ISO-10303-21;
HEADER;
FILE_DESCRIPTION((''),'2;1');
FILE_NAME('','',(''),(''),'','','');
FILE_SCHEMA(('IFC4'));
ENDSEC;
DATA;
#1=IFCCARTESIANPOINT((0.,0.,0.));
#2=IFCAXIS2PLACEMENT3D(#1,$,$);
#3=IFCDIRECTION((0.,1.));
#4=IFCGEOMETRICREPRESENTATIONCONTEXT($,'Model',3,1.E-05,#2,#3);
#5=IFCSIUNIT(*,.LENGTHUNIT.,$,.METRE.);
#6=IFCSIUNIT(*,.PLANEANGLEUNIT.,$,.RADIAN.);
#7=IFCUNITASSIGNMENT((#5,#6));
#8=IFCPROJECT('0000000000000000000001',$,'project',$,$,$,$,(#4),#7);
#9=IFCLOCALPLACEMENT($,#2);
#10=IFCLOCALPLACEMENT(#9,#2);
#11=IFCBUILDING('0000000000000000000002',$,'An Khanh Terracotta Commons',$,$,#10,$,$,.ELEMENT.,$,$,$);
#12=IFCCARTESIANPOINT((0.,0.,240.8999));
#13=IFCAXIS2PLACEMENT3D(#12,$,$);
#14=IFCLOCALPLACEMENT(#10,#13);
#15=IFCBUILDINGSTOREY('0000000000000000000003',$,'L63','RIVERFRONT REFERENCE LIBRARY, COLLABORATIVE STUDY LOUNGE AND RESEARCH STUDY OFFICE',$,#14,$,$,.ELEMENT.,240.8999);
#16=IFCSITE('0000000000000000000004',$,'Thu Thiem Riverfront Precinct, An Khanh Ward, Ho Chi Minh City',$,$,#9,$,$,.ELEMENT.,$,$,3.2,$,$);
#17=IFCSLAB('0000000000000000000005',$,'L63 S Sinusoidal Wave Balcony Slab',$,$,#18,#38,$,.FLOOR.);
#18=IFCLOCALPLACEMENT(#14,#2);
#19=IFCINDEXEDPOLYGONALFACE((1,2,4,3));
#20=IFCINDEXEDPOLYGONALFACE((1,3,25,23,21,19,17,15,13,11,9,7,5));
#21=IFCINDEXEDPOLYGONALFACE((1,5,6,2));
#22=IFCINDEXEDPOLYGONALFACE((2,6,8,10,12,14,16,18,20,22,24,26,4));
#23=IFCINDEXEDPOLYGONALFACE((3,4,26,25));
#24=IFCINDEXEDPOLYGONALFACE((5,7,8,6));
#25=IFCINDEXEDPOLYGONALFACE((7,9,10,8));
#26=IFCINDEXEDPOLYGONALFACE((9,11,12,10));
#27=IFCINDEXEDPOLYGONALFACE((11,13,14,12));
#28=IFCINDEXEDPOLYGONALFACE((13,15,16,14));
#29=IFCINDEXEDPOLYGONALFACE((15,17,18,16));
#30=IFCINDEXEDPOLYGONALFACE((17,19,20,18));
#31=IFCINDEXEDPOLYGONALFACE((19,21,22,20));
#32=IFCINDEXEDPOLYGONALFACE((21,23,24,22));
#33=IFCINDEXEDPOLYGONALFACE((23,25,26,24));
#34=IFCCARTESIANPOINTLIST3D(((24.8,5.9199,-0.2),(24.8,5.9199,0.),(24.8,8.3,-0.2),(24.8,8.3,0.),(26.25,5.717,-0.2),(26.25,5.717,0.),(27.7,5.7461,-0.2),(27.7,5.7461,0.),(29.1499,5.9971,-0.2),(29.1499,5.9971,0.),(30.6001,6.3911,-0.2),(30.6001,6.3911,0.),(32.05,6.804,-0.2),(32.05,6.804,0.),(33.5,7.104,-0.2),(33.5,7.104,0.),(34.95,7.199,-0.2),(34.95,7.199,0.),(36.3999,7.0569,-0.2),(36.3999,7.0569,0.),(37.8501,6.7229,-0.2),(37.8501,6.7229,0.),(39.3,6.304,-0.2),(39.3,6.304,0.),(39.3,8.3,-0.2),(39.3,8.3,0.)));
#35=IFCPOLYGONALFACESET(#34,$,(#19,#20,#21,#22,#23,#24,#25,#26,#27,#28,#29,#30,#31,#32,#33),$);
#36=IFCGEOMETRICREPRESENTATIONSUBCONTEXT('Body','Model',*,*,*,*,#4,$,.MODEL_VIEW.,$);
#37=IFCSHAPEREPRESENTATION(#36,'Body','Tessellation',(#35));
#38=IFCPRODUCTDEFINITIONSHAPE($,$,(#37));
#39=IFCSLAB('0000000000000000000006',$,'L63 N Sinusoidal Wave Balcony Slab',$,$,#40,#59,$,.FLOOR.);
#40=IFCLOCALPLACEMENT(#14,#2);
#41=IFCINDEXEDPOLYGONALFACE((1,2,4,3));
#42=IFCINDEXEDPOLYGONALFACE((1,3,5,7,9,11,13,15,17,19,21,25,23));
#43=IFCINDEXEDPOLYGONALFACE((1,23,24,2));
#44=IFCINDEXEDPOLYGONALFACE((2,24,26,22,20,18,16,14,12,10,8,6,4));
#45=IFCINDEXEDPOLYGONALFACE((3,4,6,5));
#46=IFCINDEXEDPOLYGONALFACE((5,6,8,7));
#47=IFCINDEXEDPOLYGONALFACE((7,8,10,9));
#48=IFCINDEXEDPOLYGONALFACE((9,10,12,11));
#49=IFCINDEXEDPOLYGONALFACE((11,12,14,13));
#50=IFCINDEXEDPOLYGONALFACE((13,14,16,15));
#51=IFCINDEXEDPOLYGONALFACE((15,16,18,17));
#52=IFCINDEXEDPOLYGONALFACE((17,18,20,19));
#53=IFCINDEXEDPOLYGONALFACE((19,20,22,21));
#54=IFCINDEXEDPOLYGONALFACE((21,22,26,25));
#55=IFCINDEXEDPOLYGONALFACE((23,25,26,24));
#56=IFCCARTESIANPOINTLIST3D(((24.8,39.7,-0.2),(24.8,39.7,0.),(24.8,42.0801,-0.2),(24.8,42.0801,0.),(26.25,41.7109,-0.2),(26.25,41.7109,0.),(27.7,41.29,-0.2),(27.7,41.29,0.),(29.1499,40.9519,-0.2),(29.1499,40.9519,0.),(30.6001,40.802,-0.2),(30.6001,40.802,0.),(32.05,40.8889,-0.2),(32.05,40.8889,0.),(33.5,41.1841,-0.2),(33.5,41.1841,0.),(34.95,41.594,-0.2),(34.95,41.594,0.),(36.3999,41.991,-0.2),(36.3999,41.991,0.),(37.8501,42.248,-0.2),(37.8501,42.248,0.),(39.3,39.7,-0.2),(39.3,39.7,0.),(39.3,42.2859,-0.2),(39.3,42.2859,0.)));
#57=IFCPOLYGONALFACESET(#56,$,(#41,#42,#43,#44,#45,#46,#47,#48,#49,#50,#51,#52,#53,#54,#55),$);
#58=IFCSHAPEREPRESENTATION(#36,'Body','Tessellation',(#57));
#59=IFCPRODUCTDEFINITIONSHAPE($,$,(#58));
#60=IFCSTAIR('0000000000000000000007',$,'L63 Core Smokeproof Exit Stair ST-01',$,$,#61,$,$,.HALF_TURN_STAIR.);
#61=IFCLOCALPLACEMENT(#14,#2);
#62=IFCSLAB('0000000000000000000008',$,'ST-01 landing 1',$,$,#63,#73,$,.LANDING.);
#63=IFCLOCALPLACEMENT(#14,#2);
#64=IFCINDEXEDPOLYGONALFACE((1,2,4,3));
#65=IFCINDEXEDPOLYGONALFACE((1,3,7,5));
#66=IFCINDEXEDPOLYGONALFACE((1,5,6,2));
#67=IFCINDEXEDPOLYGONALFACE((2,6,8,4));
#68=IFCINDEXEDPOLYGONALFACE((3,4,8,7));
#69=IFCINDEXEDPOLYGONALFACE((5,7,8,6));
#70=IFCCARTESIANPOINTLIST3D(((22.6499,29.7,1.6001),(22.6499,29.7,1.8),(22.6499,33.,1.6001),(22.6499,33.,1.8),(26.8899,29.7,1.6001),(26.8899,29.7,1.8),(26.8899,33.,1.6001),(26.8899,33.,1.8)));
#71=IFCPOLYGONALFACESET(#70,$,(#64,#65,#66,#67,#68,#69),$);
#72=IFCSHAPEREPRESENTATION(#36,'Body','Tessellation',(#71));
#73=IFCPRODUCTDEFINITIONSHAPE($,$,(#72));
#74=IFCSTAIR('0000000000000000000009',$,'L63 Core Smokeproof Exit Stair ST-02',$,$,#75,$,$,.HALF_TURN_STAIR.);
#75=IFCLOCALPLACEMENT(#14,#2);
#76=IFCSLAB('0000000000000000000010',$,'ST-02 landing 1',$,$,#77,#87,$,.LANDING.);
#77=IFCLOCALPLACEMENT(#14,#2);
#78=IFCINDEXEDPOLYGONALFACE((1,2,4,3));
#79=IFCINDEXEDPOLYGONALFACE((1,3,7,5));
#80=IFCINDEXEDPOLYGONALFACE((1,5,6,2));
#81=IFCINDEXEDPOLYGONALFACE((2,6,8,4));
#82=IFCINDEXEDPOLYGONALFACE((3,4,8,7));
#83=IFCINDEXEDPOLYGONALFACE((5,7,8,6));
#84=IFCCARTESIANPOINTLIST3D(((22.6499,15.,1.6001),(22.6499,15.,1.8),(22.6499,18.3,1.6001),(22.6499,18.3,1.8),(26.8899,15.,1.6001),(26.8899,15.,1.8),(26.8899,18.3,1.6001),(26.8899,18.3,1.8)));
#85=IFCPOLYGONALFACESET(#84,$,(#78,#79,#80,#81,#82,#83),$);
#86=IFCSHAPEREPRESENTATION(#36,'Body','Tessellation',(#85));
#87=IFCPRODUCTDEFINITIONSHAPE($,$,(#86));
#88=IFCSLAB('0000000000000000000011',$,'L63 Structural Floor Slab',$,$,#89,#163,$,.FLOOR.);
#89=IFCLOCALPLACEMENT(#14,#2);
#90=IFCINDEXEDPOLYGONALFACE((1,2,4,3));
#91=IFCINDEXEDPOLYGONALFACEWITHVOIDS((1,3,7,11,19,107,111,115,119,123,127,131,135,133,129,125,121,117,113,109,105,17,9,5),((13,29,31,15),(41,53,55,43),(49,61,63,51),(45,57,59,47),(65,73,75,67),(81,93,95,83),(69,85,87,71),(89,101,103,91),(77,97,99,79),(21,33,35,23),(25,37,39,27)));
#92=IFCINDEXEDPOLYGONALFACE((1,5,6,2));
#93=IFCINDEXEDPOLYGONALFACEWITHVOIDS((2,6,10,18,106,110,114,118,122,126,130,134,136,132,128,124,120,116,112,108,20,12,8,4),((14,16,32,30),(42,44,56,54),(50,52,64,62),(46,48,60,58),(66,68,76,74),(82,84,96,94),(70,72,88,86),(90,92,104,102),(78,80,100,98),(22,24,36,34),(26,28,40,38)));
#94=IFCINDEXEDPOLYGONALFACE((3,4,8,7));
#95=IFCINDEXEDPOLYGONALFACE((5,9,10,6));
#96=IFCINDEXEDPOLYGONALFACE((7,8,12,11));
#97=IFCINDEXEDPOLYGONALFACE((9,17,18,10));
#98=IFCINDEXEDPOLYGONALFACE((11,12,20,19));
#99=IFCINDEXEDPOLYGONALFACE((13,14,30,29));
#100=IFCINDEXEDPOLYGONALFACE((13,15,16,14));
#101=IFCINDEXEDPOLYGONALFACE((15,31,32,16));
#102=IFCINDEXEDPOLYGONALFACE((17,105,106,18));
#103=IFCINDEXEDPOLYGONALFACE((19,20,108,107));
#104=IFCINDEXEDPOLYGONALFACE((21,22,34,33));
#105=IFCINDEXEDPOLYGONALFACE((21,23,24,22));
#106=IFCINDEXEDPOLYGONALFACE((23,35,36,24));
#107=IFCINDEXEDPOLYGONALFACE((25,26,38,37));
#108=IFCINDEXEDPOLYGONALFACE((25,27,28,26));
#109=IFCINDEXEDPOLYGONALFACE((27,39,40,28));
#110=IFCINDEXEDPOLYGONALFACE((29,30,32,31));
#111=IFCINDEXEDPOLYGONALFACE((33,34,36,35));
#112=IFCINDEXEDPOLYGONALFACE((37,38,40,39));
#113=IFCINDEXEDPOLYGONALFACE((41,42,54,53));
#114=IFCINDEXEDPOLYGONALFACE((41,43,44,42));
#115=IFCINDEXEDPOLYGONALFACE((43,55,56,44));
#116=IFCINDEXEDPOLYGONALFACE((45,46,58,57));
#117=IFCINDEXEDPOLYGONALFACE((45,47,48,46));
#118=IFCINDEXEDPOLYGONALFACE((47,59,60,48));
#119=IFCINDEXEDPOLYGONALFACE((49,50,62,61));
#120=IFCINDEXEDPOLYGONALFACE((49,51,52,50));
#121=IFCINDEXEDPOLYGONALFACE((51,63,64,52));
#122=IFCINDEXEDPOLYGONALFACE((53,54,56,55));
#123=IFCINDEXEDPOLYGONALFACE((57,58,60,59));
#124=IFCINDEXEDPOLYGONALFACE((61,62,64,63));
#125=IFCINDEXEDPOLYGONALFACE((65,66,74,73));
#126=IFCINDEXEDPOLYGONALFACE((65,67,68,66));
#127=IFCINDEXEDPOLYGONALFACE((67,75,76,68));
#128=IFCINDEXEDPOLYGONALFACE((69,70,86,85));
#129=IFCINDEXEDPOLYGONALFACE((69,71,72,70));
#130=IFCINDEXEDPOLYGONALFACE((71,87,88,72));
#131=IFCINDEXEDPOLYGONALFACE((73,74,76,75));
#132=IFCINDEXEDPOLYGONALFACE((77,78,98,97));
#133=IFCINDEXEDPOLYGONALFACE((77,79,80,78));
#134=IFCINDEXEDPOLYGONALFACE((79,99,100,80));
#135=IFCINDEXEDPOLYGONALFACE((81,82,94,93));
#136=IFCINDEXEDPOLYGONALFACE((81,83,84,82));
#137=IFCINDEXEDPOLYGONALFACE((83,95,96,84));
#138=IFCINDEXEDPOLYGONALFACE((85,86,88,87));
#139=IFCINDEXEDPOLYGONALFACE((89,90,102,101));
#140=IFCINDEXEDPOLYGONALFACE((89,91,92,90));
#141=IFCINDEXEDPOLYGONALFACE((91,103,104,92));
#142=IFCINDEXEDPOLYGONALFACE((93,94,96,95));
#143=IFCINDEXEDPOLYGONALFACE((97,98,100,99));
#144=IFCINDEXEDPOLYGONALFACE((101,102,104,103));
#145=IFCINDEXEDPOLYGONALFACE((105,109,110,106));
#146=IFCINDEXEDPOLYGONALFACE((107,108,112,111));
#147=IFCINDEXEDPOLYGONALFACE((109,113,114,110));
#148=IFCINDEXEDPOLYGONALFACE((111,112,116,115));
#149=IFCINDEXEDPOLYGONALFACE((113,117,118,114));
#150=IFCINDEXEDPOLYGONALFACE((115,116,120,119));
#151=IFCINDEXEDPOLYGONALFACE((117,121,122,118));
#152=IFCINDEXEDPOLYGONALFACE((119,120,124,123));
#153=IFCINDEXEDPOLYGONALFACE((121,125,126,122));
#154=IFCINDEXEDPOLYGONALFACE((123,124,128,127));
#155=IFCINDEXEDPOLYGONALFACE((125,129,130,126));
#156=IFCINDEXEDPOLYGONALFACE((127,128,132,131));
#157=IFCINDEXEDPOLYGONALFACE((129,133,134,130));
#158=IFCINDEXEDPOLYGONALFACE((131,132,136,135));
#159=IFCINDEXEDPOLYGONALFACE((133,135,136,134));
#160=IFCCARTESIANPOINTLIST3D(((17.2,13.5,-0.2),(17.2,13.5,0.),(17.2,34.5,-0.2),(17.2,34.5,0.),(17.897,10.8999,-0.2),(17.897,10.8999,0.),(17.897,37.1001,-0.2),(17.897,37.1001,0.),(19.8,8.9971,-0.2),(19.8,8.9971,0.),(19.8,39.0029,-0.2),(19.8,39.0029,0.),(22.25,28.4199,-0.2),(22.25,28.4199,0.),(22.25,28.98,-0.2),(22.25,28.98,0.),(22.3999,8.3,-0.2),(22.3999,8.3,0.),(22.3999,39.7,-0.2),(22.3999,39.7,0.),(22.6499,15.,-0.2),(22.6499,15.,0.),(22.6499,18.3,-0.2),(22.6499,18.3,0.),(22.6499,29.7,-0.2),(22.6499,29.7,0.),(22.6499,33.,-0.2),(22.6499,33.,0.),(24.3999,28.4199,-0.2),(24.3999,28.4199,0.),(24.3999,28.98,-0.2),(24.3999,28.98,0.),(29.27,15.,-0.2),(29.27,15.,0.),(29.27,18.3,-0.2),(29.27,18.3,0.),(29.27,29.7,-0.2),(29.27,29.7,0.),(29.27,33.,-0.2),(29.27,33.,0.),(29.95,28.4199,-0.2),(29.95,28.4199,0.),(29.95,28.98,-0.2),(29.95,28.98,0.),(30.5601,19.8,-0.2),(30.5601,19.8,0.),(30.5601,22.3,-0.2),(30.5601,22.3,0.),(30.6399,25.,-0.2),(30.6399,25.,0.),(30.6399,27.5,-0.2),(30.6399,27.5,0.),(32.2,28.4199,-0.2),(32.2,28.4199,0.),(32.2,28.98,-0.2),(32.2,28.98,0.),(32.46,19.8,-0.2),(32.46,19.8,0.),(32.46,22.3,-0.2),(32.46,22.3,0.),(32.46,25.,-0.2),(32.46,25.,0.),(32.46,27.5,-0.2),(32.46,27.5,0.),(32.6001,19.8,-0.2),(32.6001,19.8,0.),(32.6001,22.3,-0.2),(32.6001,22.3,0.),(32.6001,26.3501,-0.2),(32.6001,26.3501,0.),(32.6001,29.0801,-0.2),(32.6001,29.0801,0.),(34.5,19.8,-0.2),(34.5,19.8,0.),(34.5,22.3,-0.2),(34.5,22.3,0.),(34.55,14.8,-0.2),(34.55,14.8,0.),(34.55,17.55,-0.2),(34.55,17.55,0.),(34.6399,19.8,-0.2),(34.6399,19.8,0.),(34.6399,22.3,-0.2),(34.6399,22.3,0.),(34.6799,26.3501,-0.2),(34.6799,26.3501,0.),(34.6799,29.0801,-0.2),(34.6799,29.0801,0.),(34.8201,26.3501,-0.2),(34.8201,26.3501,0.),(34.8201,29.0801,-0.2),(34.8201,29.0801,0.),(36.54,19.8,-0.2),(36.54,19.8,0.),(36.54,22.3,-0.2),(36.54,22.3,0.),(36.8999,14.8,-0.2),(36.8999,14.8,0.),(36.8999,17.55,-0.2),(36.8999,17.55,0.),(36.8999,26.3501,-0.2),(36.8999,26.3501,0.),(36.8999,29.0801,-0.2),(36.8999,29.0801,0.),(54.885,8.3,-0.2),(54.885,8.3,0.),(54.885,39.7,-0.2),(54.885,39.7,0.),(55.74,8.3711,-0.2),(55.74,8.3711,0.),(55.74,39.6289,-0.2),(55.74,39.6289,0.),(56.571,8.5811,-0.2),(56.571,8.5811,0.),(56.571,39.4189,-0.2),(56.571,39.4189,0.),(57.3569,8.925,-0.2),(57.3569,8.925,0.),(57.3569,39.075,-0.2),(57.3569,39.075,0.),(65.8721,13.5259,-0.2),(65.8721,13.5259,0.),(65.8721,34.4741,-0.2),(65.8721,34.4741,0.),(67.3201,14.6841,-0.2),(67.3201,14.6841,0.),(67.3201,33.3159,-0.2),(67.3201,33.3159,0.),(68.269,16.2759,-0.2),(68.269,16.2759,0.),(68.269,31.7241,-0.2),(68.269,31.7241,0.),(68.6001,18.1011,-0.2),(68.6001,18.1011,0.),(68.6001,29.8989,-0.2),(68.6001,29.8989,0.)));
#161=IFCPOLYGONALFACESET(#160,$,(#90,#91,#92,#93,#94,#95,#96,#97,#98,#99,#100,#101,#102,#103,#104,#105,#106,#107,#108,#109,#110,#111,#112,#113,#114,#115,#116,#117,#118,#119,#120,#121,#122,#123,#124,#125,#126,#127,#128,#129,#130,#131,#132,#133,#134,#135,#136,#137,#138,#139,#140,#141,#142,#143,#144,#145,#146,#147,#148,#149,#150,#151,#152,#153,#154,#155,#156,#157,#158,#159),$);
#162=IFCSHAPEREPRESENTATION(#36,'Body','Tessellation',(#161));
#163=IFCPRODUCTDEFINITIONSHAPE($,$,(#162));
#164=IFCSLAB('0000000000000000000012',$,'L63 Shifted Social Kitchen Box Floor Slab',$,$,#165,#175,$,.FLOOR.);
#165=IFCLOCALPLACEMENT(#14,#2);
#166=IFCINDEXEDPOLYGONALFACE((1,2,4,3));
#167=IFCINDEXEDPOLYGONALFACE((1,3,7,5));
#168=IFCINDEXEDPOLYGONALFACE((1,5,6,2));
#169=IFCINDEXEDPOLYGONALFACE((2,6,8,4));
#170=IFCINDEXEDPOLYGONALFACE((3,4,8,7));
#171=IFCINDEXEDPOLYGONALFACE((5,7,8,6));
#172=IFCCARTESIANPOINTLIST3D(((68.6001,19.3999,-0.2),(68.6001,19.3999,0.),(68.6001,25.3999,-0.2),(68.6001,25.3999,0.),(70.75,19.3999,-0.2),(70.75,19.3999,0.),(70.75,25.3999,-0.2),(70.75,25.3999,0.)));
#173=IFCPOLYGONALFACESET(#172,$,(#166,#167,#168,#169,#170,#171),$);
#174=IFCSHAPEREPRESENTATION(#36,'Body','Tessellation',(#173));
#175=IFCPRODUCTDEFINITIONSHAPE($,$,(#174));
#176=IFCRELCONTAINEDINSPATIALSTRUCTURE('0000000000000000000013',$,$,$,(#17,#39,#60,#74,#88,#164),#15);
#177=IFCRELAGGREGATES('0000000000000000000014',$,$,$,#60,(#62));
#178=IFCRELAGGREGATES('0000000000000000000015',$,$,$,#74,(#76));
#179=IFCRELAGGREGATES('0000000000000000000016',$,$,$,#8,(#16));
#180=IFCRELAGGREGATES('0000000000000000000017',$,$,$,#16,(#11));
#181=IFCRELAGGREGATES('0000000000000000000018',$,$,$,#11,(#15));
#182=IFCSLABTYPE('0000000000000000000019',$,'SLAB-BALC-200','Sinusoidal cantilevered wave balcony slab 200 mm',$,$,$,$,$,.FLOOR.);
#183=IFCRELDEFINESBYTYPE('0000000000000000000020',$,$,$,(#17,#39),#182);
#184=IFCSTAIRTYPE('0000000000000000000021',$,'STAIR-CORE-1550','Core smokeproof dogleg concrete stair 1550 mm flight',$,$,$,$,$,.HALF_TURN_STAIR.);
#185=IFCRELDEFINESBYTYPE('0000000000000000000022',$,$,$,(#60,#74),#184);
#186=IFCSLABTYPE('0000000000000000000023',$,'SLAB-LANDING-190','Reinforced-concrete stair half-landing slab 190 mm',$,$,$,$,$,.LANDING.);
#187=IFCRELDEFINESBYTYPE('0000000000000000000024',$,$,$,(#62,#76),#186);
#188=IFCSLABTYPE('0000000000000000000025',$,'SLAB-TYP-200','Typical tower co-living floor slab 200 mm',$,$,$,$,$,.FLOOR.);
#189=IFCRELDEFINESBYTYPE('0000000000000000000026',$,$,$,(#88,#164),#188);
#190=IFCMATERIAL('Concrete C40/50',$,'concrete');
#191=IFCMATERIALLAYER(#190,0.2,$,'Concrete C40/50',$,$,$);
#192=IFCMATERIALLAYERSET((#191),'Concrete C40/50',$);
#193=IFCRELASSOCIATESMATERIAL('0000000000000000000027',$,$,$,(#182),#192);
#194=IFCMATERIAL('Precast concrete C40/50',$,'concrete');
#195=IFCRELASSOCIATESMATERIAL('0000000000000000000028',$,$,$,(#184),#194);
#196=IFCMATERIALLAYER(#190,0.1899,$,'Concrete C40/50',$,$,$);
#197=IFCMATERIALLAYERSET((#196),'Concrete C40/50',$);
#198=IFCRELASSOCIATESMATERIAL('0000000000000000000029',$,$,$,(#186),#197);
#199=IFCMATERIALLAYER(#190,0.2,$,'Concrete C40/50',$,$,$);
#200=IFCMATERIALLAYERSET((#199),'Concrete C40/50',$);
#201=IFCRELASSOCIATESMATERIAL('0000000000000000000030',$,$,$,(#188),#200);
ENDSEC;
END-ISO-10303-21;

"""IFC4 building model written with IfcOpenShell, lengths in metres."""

from ifc_helpers import new_model, si_unit, direction, frame, origin, place, context, subcontext, project, spatial, polyline, outline, extrude, material, layer, layer_set, type_object, element, aggregate, save


model = new_model("IFC4")

# Units and contexts
model_context = context("Model", 3, precision=1e-05, world=origin(), true_north=direction((0.0, 1.0)))
body_context = subcontext(model_context, "Body", "Model", "MODEL_VIEW")
ifc_project = project(units=[si_unit("LENGTHUNIT", "METRE"), si_unit("PLANEANGLEUNIT", "RADIAN")], contexts=[model_context])

# Site, building, storey
site_placement = place(None, origin())
site = spatial("IfcSite", under=ifc_project, at=site_placement, Name="Thu Thiem Riverfront Precinct, An Khanh Ward, Ho Chi Minh City", CompositionType="ELEMENT", RefElevation=3.2)
building_placement = place(site_placement, origin())
building = spatial("IfcBuilding", under=site, at=building_placement, Name="An Khanh Terracotta Commons", CompositionType="ELEMENT")
storey_placement = place(building_placement, frame((0.0, 0.0, 240.8999)))
storey = spatial("IfcBuildingStorey", under=building, at=storey_placement, Name="L63", Description="RIVERFRONT REFERENCE LIBRARY, COLLABORATIVE STUDY LOUNGE AND RESEARCH STUDY OFFICE", CompositionType="ELEMENT", Elevation=240.8999)

# Slabs
ifc_material_1 = material(Name="Concrete C40/50", Category="concrete")
ifc_layer_1 = layer(ifc_material_1, 0.2, Name="Concrete C40/50")
ifc_layer_set_1 = layer_set([ifc_layer_1], Name="Concrete C40/50")
slab_type_1 = type_object("IfcSlabType", Name="SLAB-BALC-200", Description="Sinusoidal cantilevered wave balcony slab 200 mm", PredefinedType="FLOOR", material=ifc_layer_set_1)
slab_1_placement = place(storey_placement, frame((0.0, 0.0, -0.2)))
element("IfcSlab", 1, at=slab_1_placement, inside=storey, type_object=slab_type_1, Name="L63 S Sinusoidal Wave Balcony Slab", PredefinedType="FLOOR", context=body_context, shape_type="SweptSolid", body=[
    extrude(outline(polyline([(24.8, 8.3), (24.8, 5.9199), (26.25, 5.717), (27.7, 5.7461), (29.1499, 5.9971), (30.6001, 6.3911), (32.05, 6.804), (33.5, 7.104), (34.95, 7.199), (36.3999, 7.0569), (37.8501, 6.7229), (39.3, 6.304), (39.3, 8.3), (24.8, 8.3)])), origin(), (0.0, 0.0, 1.0), 0.2),
])
slab_2_placement = place(storey_placement, frame((0.0, 0.0, -0.2)))
element("IfcSlab", 2, at=slab_2_placement, inside=storey, type_object=slab_type_1, Name="L63 N Sinusoidal Wave Balcony Slab", PredefinedType="FLOOR", context=body_context, shape_type="SweptSolid", body=[
    extrude(outline(polyline([(39.3, 39.7), (39.3, 42.2859), (37.8501, 42.248), (36.3999, 41.991), (34.95, 41.594), (33.5, 41.1841), (32.05, 40.8889), (30.6001, 40.802), (29.1499, 40.9519), (27.7, 41.29), (26.25, 41.7109), (24.8, 42.0801), (24.8, 39.7), (39.3, 39.7)])), origin(), (0.0, 0.0, 1.0), 0.2),
])

# Stairs, slabs
ifc_material_2 = material(Name="Precast concrete C40/50", Category="concrete")
stair_type = type_object("IfcStairType", Name="STAIR-CORE-1550", Description="Core smokeproof dogleg concrete stair 1550 mm flight", PredefinedType="HALF_TURN_STAIR", material=ifc_material_2)
stair_1_placement = place(storey_placement, origin())
stair_1 = element("IfcStair", 3, at=stair_1_placement, inside=storey, type_object=stair_type, Name="L63 Core Smokeproof Exit Stair ST-01", PredefinedType="HALF_TURN_STAIR")
ifc_layer_2 = layer(ifc_material_1, 0.1899, Name="Concrete C40/50")
ifc_layer_set_2 = layer_set([ifc_layer_2], Name="Concrete C40/50")
slab_type_2 = type_object("IfcSlabType", Name="SLAB-LANDING-190", Description="Reinforced-concrete stair half-landing slab 190 mm", PredefinedType="LANDING", material=ifc_layer_set_2)
slab_3_placement = place(storey_placement, frame((0.0, 0.0, 1.6001)))
slab_3 = element("IfcSlab", 4, at=slab_3_placement, type_object=slab_type_2, Name="ST-01 landing 1", PredefinedType="LANDING", context=body_context, shape_type="SweptSolid", body=[
    extrude(outline(polyline([(26.8899, 33.0), (22.6499, 33.0), (22.6499, 29.7), (26.8899, 29.7), (26.8899, 33.0)])), origin(), (0.0, 0.0, 1.0), 0.2),
])
aggregate(stair_1, [slab_3])
stair_2_placement = place(storey_placement, origin())
stair_2 = element("IfcStair", 5, at=stair_2_placement, inside=storey, type_object=stair_type, Name="L63 Core Smokeproof Exit Stair ST-02", PredefinedType="HALF_TURN_STAIR")
slab_4_placement = place(storey_placement, frame((0.0, 0.0, 1.6001)))
slab_4 = element("IfcSlab", 6, at=slab_4_placement, type_object=slab_type_2, Name="ST-02 landing 1", PredefinedType="LANDING", context=body_context, shape_type="SweptSolid", body=[
    extrude(outline(polyline([(26.8899, 18.3), (22.6499, 18.3), (22.6499, 15.0), (26.8899, 15.0), (26.8899, 18.3)])), origin(), (0.0, 0.0, 1.0), 0.2),
])
aggregate(stair_2, [slab_4])

# Slabs
ifc_layer_3 = layer(ifc_material_1, 0.2, Name="Concrete C40/50")
ifc_layer_set_3 = layer_set([ifc_layer_3], Name="Concrete C40/50")
slab_type_3 = type_object("IfcSlabType", Name="SLAB-TYP-200", Description="Typical tower co-living floor slab 200 mm", PredefinedType="FLOOR", material=ifc_layer_set_3)
slab_5_placement = place(storey_placement, frame((0.0, 0.0, -0.2)))
element("IfcSlab", 7, at=slab_5_placement, inside=storey, type_object=slab_type_3, Name="L63 Structural Floor Slab", PredefinedType="FLOOR", context=body_context, shape_type="SweptSolid", body=[
    extrude(outline(polyline([(17.2, 13.5), (17.897, 10.8999), (19.8, 8.9971), (22.3999, 8.3), (54.885, 8.3), (55.74, 8.3711), (56.571, 8.5811), (57.3569, 8.925), (65.8721, 13.5259), (67.3201, 14.6841), (68.269, 16.2759), (68.6001, 18.1011), (68.6001, 29.8989), (68.269, 31.7241), (67.3201, 33.3159), (65.8721, 34.4741), (57.3569, 39.075), (56.571, 39.4189), (55.74, 39.6289), (54.885, 39.7), (22.3999, 39.7), (19.8, 39.0029), (17.897, 37.1001), (17.2, 34.5), (17.2, 13.5)]), holes=[polyline([(22.6499, 29.7), (29.27, 29.7), (29.27, 33.0), (22.6499, 33.0), (22.6499, 29.7)]), polyline([(22.6499, 15.0), (29.27, 15.0), (29.27, 18.3), (22.6499, 18.3), (22.6499, 15.0)]), polyline([(32.6001, 26.3501), (34.6799, 26.3501), (34.6799, 29.0801), (32.6001, 29.0801), (32.6001, 26.3501)]), polyline([(34.8201, 26.3501), (36.8999, 26.3501), (36.8999, 29.0801), (34.8201, 29.0801), (34.8201, 26.3501)]), polyline([(34.55, 14.8), (36.8999, 14.8), (36.8999, 17.55), (34.55, 17.55), (34.55, 14.8)]), polyline([(30.6399, 25.0), (32.46, 25.0), (32.46, 27.5), (30.6399, 27.5), (30.6399, 25.0)]), polyline([(30.5601, 19.8), (32.46, 19.8), (32.46, 22.3), (30.5601, 22.3), (30.5601, 19.8)]), polyline([(32.6001, 19.8), (34.5, 19.8), (34.5, 22.3), (32.6001, 22.3), (32.6001, 19.8)]), polyline([(34.6399, 19.8), (36.54, 19.8), (36.54, 22.3), (34.6399, 22.3), (34.6399, 19.8)]), polyline([(22.25, 28.4199), (24.3999, 28.4199), (24.3999, 28.98), (22.25, 28.98), (22.25, 28.4199)]), polyline([(29.95, 28.4199), (32.2, 28.4199), (32.2, 28.98), (29.95, 28.98), (29.95, 28.4199)])]), origin(), (0.0, 0.0, 1.0), 0.2),
])
slab_6_placement = place(storey_placement, frame((0.0, 0.0, -0.2)))
element("IfcSlab", 8, at=slab_6_placement, inside=storey, type_object=slab_type_3, Name="L63 Shifted Social Kitchen Box Floor Slab", PredefinedType="FLOOR", context=body_context, shape_type="SweptSolid", body=[
    extrude(outline(polyline([(68.6001, 19.3999), (70.75, 19.3999), (70.75, 25.3999), (68.6001, 25.3999), (68.6001, 19.3999)])), origin(), (0.0, 0.0, 1.0), 0.2),
])

save(model, "model.ifc")
